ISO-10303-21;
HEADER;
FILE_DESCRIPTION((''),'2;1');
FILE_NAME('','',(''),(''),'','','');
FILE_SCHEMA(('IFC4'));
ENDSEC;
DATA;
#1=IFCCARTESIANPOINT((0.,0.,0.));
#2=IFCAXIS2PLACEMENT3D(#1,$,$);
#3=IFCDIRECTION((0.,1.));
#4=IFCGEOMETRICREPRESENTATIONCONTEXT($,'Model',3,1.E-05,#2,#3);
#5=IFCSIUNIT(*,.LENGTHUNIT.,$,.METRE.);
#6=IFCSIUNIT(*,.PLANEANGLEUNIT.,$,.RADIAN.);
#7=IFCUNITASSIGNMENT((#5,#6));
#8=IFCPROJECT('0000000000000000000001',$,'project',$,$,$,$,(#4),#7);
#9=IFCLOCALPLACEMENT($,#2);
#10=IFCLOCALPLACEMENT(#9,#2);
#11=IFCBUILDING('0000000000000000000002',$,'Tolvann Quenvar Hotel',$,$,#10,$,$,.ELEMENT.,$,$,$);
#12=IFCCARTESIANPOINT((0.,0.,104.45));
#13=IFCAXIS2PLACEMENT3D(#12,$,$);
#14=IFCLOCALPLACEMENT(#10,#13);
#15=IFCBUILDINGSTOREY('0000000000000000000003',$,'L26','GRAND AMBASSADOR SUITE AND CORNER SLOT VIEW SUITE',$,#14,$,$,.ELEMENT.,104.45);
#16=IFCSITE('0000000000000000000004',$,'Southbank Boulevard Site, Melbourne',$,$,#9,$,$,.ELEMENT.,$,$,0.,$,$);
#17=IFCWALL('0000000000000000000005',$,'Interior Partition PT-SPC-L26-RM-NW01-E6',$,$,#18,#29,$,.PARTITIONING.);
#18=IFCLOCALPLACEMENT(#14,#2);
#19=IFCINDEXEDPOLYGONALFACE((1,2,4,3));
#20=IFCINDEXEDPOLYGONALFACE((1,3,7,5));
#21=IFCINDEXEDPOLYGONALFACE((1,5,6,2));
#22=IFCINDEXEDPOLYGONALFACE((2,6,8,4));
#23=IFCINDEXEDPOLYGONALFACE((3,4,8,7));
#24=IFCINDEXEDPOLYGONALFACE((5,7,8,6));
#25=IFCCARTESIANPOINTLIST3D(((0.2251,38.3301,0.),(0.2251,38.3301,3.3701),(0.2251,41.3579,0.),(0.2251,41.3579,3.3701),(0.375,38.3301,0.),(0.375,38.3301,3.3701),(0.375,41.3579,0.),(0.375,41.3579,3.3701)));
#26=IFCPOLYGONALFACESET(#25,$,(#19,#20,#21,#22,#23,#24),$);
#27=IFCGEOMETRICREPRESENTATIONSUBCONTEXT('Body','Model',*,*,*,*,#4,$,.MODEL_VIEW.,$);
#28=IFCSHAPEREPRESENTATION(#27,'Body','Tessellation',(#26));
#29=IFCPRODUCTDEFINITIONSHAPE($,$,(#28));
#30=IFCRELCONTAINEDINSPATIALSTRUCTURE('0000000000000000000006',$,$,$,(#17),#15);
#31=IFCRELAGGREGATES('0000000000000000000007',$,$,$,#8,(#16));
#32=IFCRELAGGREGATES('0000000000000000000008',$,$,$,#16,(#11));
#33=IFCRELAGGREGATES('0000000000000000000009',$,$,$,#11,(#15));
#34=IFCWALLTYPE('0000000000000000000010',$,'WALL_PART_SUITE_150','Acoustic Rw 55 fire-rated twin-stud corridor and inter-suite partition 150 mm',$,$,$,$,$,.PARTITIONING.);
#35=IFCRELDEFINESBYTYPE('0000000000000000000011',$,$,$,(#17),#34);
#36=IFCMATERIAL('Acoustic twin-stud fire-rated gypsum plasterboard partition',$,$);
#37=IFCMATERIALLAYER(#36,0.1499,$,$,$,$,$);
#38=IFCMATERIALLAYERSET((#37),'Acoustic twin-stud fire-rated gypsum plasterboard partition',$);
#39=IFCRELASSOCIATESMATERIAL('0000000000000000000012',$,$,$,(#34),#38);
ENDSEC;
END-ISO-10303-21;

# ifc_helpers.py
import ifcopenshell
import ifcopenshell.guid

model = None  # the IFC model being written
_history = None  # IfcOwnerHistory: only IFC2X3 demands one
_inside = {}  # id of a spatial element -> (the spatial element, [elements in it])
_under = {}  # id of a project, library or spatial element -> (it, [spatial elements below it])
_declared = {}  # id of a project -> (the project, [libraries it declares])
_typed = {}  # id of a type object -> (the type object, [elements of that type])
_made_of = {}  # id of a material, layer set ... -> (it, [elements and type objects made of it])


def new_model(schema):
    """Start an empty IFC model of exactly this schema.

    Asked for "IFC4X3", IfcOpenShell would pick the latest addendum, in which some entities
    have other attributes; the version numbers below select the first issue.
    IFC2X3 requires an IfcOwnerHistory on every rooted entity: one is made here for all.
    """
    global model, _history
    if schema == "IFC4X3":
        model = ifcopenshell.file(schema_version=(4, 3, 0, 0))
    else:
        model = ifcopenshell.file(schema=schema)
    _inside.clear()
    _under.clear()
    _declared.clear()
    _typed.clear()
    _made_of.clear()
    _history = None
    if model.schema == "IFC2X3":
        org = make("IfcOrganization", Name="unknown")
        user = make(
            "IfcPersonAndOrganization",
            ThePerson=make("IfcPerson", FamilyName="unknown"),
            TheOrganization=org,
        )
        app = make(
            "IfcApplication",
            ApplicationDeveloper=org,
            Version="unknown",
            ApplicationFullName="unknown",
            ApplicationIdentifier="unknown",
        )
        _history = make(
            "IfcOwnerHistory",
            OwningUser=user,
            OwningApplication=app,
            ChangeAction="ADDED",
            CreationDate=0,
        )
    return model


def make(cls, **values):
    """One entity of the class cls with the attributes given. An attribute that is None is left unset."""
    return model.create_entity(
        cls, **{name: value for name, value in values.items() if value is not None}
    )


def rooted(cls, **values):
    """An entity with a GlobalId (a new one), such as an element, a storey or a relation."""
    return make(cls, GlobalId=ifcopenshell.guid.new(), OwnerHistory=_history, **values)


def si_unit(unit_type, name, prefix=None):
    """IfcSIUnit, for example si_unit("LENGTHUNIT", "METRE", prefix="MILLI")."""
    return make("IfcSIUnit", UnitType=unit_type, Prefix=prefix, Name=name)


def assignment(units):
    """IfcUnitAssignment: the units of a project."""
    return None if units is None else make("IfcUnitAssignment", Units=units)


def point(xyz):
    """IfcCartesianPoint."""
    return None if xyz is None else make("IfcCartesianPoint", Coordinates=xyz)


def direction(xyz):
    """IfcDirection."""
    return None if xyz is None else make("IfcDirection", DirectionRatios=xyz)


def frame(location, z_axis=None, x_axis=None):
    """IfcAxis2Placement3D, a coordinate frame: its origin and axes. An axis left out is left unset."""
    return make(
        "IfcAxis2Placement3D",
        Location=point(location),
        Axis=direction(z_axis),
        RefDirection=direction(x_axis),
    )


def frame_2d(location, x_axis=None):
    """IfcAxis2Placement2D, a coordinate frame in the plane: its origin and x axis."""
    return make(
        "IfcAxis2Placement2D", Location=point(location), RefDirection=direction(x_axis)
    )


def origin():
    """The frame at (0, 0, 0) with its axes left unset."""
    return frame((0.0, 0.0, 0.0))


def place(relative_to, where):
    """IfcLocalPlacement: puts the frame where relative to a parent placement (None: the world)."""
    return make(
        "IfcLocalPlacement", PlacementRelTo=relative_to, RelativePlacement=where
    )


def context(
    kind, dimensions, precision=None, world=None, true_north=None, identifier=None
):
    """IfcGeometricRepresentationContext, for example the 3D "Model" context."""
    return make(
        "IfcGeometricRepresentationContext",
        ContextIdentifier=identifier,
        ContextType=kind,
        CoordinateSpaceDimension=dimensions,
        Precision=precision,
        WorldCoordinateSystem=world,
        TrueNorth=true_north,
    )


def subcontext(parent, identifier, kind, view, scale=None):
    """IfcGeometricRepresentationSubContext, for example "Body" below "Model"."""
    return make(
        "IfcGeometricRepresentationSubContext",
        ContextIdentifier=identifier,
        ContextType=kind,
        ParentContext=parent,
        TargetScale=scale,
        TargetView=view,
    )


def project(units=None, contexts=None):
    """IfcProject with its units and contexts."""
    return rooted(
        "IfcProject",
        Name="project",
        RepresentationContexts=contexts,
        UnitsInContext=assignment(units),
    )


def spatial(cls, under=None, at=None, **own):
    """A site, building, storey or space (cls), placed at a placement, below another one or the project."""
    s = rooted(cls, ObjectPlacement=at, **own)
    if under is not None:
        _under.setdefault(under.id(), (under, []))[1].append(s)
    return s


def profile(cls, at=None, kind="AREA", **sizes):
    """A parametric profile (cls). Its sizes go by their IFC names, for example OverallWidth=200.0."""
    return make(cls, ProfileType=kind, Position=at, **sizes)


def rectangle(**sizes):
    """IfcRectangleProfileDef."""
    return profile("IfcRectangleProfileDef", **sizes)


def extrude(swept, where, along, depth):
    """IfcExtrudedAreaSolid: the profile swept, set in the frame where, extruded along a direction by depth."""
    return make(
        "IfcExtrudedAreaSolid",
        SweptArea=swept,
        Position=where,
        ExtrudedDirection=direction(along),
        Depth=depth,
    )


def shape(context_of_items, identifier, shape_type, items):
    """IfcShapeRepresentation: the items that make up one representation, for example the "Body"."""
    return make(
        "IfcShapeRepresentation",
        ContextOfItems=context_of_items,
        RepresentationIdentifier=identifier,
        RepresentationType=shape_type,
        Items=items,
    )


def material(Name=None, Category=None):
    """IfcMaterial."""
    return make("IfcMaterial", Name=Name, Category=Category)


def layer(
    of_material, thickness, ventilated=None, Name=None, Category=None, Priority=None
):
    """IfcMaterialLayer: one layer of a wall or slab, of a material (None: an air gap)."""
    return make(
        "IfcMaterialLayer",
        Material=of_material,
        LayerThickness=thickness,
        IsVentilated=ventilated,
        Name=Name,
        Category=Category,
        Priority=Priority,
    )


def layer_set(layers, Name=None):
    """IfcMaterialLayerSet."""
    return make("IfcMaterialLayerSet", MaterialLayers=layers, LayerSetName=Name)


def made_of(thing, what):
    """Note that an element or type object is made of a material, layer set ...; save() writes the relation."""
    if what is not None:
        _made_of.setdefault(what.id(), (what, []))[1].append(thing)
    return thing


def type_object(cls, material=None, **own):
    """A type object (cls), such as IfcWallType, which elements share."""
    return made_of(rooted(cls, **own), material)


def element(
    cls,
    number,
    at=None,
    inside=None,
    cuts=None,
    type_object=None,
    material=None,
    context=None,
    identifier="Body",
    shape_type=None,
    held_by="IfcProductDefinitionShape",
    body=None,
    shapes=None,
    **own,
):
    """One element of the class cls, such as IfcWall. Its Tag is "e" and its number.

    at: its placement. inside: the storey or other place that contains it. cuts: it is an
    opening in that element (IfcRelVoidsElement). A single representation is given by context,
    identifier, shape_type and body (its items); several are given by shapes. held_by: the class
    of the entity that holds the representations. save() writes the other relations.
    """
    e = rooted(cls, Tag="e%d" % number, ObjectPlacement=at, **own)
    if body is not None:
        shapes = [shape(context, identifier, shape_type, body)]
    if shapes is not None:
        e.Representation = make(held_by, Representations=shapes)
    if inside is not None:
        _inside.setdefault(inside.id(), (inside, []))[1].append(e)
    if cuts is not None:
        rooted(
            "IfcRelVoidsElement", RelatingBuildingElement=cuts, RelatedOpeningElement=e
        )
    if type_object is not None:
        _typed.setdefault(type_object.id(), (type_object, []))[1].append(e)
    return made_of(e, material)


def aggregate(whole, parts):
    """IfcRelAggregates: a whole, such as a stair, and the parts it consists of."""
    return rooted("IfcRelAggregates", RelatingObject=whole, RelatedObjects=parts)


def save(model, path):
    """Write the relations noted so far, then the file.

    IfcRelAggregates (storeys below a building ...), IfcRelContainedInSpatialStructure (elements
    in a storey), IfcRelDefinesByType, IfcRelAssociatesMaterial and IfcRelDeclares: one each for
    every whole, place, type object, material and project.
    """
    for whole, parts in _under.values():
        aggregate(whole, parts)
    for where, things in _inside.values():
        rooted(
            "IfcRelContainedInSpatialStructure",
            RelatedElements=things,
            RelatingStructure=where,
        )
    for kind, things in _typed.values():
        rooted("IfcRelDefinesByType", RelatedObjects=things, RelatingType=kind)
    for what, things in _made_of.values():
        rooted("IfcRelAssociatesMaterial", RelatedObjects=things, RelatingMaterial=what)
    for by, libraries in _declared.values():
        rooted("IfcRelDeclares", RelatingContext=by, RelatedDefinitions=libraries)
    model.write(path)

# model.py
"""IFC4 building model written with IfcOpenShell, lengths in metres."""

from ifc_helpers import new_model, si_unit, direction, frame, frame_2d, origin, place, context, subcontext, project, spatial, rectangle, extrude, material, layer, layer_set, type_object, element, save


model = new_model("IFC4")

# Units and contexts
model_context = context("Model", 3, precision=1e-05, world=origin(), true_north=direction((0.0, 1.0)))
body_context = subcontext(model_context, "Body", "Model", "MODEL_VIEW")
ifc_project = project(units=[si_unit("LENGTHUNIT", "METRE"), si_unit("PLANEANGLEUNIT", "RADIAN")], contexts=[model_context])

# Site, building, storey
site_placement = place(None, origin())
site = spatial("IfcSite", under=ifc_project, at=site_placement, Name="Southbank Boulevard Site, Melbourne", CompositionType="ELEMENT", RefElevation=0.0)
building_placement = place(site_placement, origin())
building = spatial("IfcBuilding", under=site, at=building_placement, Name="Tolvann Quenvar Hotel", CompositionType="ELEMENT")
storey_placement = place(building_placement, frame((0.0, 0.0, 104.45)))
storey = spatial("IfcBuildingStorey", under=building, at=storey_placement, Name="L26", Description="GRAND AMBASSADOR SUITE AND CORNER SLOT VIEW SUITE", CompositionType="ELEMENT", Elevation=104.45)

# Shared definitions
ifc_material_1 = material(Name="Acoustic twin-stud fire-rated gypsum plasterboard partition")

# Shared definitions
ifc_layer_1 = layer(ifc_material_1, 0.1499)
ifc_layer_set_1 = layer_set([ifc_layer_1], Name="Acoustic twin-stud fire-rated gypsum plasterboard partition")
wall_type_1 = type_object("IfcWallType", Name="WALL_PART_SUITE_150", Description="Acoustic Rw 55 fire-rated twin-stud corridor and inter-suite partition 150 mm", PredefinedType="PARTITIONING", material=ifc_layer_set_1)

# Wall
wall_1_placement = place(storey_placement, frame((0.3, 38.3301, 0.0), z_axis=(0.0, 0.0, 1.0), x_axis=(0.0, 1.0, 0.0)))
element("IfcWall", 1, at=wall_1_placement, inside=storey, type_object=wall_type_1, Name="Interior Partition PT-SPC-L26-RM-NW01-E6", PredefinedType="PARTITIONING", context=body_context, shape_type="SweptSolid", body=[
    extrude(rectangle(XDim=3.0278, YDim=0.1499, at=frame_2d((1.5139, 0.0))), origin(), (0.0, 0.0, 1.0), 3.3701),
])

save(model, "model.ifc")
